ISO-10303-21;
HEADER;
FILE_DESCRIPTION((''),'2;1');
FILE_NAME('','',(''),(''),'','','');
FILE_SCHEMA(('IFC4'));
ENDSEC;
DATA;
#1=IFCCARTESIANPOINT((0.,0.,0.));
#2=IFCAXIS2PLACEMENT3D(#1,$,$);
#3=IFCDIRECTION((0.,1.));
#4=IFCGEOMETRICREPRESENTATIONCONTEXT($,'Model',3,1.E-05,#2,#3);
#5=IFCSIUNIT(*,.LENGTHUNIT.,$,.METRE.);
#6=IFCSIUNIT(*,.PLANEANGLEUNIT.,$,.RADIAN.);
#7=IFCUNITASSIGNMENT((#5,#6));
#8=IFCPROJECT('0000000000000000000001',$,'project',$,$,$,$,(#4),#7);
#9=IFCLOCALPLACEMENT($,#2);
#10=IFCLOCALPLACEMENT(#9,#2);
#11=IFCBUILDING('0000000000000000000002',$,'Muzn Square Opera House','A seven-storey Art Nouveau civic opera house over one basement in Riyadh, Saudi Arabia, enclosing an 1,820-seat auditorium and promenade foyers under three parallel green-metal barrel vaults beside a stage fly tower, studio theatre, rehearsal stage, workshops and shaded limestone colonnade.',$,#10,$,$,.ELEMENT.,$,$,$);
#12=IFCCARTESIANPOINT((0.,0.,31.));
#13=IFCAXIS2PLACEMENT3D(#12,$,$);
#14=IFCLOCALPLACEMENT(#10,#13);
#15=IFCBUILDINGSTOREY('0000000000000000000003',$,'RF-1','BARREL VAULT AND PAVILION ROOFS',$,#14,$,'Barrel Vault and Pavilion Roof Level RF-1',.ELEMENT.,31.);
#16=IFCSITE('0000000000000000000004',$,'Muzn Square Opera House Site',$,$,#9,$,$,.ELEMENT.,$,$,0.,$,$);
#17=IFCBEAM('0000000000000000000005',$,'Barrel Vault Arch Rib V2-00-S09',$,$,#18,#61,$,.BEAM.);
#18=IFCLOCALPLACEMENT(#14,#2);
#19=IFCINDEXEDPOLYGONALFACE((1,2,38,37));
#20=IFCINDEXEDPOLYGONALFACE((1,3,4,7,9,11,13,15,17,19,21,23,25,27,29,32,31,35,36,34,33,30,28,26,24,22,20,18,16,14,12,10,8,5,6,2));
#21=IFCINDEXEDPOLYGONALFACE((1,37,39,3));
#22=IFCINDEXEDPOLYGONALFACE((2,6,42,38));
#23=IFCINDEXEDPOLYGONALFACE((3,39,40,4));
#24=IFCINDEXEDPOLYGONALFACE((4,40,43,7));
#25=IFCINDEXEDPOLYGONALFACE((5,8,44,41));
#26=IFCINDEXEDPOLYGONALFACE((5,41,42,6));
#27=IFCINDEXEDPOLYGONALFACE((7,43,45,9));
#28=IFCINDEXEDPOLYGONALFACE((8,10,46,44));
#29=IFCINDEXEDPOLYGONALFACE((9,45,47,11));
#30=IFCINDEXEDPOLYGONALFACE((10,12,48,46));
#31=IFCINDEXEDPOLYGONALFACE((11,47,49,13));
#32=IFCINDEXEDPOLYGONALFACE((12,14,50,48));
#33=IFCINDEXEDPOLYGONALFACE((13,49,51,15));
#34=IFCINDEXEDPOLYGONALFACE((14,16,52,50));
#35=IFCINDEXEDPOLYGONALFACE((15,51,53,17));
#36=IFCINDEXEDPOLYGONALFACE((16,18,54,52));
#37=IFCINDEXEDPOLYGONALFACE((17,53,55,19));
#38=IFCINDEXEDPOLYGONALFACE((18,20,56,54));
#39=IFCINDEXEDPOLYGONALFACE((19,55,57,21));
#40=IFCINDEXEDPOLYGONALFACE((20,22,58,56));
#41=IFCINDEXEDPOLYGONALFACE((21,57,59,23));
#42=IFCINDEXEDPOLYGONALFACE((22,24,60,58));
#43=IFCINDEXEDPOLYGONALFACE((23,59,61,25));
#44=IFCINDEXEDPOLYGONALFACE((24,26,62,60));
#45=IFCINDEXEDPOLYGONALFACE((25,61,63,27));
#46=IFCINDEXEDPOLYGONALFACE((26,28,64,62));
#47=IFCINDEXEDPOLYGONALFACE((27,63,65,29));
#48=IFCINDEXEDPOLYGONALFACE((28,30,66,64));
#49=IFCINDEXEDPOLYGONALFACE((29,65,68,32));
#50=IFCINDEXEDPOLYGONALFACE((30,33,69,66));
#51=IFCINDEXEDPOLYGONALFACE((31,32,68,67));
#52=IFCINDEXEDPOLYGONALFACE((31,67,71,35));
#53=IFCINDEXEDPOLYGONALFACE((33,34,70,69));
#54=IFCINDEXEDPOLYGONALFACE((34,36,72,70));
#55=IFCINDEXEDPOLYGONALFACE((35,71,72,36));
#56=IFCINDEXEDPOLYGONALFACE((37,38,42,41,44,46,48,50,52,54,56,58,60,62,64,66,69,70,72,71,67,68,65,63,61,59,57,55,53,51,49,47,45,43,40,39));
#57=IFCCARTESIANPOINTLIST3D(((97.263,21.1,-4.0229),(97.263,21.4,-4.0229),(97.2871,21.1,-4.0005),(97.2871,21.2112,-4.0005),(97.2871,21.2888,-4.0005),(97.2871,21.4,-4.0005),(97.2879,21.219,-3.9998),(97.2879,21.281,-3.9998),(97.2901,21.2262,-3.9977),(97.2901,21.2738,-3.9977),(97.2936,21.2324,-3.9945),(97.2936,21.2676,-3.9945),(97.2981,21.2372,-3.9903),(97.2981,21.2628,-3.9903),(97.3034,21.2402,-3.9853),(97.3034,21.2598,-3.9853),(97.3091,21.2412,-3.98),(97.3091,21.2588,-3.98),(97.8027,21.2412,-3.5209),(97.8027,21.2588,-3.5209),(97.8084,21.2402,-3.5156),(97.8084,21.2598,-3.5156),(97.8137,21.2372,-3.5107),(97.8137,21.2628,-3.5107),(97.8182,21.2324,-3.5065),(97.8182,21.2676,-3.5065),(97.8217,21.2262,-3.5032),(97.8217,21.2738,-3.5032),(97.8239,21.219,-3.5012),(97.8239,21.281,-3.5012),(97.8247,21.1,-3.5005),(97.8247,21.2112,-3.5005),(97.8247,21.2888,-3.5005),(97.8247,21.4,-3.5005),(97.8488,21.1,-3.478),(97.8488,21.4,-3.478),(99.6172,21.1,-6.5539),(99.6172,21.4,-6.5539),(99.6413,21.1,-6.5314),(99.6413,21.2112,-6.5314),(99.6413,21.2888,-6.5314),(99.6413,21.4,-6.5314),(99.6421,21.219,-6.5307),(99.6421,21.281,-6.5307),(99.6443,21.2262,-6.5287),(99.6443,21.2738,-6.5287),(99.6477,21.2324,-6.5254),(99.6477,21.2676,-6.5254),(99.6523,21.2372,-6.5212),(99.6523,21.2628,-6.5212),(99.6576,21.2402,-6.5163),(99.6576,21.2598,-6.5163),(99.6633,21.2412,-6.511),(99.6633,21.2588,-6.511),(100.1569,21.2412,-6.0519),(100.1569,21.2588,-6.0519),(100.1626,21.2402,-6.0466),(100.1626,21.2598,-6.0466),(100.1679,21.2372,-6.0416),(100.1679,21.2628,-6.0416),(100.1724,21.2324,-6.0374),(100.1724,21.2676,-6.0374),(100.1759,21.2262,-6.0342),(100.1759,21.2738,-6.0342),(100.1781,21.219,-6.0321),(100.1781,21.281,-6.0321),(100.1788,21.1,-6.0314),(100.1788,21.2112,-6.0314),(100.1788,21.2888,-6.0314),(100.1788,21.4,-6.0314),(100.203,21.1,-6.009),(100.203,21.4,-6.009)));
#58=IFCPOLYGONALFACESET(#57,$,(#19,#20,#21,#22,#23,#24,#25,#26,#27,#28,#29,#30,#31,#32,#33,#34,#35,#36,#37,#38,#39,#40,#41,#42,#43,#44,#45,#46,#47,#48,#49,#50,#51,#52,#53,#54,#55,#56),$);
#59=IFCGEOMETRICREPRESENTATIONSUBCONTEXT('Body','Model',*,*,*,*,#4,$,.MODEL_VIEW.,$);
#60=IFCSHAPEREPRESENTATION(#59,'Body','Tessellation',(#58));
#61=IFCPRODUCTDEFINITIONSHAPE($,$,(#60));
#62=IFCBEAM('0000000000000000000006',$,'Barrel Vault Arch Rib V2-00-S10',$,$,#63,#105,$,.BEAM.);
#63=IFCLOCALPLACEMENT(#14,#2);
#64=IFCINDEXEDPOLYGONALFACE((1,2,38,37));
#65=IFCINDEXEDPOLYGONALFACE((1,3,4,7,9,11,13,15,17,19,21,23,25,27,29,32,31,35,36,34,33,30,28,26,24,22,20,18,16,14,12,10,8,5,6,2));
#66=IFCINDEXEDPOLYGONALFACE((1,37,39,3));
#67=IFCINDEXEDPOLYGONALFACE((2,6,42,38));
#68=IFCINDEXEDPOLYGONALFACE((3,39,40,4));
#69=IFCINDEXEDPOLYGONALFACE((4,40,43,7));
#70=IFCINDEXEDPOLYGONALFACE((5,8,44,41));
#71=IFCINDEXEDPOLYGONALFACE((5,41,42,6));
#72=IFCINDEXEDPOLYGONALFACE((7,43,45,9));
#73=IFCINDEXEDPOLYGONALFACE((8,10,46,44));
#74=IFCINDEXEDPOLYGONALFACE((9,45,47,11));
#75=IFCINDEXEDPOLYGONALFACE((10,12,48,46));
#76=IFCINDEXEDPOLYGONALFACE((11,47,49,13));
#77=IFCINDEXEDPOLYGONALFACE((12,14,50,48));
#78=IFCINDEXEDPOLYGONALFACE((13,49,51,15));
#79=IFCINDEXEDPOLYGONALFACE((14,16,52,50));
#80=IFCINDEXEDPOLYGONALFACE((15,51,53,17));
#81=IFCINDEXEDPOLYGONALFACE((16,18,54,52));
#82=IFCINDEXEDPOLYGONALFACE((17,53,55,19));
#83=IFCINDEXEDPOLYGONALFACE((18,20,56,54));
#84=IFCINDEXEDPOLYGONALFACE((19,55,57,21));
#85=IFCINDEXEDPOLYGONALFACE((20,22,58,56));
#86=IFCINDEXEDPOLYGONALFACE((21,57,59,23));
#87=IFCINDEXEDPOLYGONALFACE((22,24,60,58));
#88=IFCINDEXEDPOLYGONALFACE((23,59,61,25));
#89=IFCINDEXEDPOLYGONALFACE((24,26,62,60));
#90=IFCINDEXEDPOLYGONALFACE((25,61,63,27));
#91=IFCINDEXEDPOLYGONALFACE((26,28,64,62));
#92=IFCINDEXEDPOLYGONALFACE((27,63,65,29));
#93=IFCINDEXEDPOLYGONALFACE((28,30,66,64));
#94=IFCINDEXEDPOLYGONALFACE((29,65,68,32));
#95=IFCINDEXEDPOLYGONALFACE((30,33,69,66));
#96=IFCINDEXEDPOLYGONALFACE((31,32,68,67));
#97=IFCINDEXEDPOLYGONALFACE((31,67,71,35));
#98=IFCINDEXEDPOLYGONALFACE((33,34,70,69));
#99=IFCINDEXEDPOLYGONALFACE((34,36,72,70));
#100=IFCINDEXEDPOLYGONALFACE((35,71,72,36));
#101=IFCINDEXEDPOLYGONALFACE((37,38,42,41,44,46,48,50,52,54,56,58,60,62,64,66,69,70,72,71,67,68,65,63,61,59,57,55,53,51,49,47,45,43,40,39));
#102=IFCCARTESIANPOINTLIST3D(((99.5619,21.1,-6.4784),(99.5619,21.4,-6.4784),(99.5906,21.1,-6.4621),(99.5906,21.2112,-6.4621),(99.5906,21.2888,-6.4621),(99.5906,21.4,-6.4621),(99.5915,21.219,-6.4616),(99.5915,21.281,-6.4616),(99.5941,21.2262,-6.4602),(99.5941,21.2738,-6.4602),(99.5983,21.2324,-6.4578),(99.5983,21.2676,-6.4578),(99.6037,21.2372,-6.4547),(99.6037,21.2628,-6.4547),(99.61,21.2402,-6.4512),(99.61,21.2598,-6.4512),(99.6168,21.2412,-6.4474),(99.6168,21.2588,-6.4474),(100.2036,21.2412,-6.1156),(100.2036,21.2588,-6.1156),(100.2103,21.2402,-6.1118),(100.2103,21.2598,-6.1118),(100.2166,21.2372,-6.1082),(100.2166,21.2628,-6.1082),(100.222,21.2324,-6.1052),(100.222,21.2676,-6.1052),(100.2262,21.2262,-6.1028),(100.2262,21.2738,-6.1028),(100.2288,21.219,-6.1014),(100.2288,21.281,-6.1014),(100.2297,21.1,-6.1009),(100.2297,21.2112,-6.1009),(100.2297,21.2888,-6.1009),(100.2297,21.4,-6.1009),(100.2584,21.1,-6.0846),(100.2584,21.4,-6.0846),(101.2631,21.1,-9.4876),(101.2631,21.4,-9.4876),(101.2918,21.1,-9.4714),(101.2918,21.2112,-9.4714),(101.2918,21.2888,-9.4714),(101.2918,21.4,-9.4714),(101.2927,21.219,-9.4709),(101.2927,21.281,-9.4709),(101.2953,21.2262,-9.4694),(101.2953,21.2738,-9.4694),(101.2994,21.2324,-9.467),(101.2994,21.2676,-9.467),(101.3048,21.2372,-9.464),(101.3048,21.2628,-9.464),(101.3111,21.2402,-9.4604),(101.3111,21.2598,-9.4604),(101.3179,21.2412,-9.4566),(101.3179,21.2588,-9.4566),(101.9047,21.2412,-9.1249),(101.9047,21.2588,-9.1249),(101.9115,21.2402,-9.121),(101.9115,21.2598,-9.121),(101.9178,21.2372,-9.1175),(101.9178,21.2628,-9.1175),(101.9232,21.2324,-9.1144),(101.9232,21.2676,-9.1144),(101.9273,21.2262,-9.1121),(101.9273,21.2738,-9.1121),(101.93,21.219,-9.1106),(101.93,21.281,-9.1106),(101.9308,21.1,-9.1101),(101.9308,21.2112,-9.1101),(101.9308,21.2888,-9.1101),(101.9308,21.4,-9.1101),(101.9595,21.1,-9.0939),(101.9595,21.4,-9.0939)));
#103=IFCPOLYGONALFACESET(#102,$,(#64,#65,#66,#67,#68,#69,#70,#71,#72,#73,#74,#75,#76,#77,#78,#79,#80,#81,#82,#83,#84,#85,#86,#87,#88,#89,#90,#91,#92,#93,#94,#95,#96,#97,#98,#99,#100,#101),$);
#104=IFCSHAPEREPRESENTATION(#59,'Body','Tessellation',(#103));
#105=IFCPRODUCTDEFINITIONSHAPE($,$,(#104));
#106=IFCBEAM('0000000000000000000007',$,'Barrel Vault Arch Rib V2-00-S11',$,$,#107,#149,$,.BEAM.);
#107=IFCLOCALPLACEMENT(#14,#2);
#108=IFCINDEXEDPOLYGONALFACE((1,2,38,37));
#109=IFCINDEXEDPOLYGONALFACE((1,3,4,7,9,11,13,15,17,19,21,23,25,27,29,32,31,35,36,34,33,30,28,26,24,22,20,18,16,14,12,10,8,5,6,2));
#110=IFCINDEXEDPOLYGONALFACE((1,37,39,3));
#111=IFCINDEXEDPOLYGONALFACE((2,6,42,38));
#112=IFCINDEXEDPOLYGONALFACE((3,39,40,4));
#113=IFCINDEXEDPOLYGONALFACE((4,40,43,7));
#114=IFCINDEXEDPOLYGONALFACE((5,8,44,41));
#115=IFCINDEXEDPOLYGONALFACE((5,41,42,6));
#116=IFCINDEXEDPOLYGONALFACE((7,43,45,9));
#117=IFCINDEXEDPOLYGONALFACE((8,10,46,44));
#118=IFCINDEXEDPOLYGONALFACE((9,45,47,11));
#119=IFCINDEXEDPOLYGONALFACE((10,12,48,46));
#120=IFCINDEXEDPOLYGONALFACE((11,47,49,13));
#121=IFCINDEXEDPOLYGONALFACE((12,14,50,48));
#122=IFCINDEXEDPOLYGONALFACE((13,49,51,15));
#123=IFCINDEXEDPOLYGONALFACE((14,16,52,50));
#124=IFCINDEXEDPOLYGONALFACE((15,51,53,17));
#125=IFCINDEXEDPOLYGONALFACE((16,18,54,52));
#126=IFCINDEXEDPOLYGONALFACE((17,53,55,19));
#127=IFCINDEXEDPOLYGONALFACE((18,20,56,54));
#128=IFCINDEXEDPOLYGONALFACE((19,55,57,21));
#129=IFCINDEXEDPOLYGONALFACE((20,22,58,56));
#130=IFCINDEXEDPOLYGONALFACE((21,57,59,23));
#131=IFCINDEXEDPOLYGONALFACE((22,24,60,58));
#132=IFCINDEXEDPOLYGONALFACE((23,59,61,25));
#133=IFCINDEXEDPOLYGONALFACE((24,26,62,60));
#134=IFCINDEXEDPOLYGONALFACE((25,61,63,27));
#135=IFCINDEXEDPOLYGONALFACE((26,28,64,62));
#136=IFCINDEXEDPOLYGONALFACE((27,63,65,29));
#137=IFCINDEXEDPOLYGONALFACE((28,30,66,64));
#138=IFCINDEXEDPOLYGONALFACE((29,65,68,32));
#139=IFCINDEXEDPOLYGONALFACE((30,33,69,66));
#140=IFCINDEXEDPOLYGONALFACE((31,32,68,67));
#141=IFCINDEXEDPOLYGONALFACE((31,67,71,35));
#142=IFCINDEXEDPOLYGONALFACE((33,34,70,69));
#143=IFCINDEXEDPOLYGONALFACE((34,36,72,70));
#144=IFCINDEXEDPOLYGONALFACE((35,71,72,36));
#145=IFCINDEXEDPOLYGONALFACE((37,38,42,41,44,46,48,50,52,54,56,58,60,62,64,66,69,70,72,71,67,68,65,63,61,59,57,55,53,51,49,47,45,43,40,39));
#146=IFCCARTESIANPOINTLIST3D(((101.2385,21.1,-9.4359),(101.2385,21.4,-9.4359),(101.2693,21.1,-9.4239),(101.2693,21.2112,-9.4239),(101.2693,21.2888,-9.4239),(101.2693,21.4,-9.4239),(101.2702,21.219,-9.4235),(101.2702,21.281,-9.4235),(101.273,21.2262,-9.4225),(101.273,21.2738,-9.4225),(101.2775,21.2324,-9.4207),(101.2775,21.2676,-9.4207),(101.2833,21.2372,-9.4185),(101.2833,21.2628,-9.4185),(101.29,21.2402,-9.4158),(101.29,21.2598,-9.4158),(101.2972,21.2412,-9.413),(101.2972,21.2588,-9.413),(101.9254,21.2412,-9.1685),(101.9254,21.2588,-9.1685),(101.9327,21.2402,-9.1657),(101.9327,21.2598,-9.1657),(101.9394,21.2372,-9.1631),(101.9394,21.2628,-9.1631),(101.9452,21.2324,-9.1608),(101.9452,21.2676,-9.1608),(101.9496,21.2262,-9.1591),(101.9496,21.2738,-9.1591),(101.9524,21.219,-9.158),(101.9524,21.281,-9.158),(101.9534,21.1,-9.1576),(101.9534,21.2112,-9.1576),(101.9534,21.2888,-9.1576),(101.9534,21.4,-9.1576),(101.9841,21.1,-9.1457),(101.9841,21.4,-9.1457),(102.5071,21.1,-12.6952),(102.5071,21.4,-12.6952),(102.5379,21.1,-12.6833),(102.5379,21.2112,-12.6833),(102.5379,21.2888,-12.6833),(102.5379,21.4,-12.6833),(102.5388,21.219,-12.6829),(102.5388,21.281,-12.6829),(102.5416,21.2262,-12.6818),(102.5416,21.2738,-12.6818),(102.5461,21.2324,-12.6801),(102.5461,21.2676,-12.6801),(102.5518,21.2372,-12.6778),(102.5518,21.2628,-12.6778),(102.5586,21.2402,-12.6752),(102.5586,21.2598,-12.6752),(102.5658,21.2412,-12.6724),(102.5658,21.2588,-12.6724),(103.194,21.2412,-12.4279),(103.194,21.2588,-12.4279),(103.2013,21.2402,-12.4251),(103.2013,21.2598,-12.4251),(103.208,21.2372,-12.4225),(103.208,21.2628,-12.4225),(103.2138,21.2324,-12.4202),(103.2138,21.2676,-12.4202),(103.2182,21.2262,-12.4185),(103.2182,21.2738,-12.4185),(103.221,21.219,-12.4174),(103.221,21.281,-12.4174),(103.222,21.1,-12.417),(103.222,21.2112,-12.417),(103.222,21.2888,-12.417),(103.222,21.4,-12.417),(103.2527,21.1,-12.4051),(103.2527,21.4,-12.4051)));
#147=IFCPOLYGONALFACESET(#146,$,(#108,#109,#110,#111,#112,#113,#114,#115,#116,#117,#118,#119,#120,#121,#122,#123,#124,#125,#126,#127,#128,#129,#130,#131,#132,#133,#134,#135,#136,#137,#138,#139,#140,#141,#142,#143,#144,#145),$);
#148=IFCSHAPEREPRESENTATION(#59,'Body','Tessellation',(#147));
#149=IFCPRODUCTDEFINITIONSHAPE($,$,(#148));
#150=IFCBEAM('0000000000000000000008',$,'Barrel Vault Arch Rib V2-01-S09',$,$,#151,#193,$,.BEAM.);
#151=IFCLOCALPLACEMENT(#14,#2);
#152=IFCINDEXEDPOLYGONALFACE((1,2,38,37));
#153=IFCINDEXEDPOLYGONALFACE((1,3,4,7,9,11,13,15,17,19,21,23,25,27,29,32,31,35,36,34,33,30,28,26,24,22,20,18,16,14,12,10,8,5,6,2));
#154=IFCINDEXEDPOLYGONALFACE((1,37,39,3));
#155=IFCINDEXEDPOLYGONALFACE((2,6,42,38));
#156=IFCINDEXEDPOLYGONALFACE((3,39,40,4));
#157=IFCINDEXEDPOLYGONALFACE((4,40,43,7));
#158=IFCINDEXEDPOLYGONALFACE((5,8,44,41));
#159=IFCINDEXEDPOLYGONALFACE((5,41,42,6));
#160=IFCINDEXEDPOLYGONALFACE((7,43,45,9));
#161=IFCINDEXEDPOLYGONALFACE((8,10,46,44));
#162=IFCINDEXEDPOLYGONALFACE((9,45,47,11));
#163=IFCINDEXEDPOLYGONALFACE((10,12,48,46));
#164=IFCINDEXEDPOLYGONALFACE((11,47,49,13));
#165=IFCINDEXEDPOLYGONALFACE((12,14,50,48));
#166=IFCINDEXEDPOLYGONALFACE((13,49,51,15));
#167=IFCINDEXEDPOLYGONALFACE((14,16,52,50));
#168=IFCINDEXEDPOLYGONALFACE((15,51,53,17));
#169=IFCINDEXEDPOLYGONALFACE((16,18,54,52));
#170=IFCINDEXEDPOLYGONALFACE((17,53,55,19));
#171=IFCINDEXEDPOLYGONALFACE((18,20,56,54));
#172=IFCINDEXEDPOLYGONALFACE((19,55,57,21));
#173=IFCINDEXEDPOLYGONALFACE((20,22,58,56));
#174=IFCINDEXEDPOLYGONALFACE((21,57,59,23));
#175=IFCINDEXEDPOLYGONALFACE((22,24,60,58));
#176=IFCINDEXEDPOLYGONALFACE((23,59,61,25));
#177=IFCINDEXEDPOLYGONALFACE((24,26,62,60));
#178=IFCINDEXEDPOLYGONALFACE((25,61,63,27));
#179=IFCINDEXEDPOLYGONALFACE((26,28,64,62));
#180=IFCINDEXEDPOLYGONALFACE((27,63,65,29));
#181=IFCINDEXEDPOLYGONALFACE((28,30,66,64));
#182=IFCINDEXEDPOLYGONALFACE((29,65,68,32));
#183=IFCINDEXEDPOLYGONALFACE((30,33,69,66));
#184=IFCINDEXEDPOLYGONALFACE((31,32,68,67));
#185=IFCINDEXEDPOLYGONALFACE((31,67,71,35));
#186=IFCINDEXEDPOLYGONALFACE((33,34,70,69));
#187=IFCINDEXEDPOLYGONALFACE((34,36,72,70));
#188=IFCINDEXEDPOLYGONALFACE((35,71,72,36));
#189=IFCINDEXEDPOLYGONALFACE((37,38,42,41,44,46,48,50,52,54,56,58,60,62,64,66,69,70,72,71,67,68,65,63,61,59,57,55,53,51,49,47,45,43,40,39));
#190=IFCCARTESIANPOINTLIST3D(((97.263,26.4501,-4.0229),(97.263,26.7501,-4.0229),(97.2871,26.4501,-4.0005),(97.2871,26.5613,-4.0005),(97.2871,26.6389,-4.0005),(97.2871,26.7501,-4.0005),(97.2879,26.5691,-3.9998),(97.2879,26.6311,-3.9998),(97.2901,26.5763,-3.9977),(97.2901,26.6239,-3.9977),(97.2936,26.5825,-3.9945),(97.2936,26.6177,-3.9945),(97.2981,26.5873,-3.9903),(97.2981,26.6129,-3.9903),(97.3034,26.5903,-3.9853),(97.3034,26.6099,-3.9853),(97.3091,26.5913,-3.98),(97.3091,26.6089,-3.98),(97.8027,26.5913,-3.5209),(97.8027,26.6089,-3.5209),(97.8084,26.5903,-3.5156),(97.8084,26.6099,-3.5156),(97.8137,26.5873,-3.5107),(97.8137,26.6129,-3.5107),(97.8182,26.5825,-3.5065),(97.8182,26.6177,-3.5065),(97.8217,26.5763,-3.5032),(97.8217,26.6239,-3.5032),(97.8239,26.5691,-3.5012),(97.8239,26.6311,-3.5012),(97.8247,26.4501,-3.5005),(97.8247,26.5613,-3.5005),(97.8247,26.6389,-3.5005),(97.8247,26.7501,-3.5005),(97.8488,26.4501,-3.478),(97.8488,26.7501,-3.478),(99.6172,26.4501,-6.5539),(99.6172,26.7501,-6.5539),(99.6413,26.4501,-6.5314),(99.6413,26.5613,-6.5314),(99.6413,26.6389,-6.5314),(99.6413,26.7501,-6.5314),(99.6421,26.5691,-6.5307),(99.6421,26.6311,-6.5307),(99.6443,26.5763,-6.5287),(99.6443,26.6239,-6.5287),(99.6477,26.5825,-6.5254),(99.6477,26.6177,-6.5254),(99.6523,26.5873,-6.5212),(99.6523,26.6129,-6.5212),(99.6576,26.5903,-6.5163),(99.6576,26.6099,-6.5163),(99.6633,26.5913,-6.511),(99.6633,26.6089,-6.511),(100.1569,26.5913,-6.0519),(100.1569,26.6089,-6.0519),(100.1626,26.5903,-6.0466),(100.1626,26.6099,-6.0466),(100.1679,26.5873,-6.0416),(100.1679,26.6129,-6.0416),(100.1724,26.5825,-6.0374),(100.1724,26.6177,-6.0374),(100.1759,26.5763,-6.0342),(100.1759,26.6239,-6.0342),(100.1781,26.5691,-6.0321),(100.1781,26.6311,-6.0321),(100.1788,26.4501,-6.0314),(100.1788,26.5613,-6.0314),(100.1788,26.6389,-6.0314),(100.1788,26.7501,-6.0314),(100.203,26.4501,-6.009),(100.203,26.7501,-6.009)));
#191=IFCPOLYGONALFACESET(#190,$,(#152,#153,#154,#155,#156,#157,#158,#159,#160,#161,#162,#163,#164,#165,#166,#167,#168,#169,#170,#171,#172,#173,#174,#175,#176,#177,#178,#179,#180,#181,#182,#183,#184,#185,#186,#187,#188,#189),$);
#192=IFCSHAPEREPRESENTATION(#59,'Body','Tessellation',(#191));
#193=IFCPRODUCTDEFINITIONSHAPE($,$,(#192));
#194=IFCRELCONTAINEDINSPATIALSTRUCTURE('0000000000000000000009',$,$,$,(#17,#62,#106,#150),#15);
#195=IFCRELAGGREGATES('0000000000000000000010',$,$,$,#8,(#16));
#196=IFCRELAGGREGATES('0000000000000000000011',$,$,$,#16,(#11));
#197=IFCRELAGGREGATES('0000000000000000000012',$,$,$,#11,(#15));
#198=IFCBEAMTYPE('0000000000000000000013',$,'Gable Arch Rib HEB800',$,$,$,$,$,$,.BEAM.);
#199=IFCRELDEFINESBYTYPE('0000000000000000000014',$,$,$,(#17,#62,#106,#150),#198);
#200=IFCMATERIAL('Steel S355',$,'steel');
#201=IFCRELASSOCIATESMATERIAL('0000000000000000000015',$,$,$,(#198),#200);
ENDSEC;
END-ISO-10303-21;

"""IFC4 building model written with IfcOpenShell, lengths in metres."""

from ifc_helpers import new_model, si_unit, direction, frame, origin, origin_2d, place, context, subcontext, project, spatial, i_section, extrude, material, material_profile, profile_set, type_object, element, save


model = new_model("IFC4")

# Units and contexts
model_context = context("Model", 3, precision=1e-05, world=origin(), true_north=direction((0.0, 1.0)))
body_context = subcontext(model_context, "Body", "Model", "MODEL_VIEW")
ifc_project = project(units=[si_unit("LENGTHUNIT", "METRE"), si_unit("PLANEANGLEUNIT", "RADIAN")], contexts=[model_context])

# Site, building, storey
site_placement = place(None, origin())
site = spatial("IfcSite", under=ifc_project, at=site_placement, Name="Muzn Square Opera House Site", CompositionType="ELEMENT", RefElevation=0.0)
building_placement = place(site_placement, origin())
building = spatial("IfcBuilding", under=site, at=building_placement, Name="Muzn Square Opera House", Description="A seven-storey Art Nouveau civic opera house over one basement in Riyadh, Saudi Arabia, enclosing an 1,820-seat auditorium and promenade foyers under three parallel green-metal barrel vaults beside a stage fly tower, studio theatre, rehearsal stage, workshops and shaded limestone colonnade.", CompositionType="ELEMENT")
storey_placement = place(building_placement, frame((0.0, 0.0, 31.0)))
storey = spatial("IfcBuildingStorey", under=building, at=storey_placement, Name="RF-1", Description="BARREL VAULT AND PAVILION ROOFS", LongName="Barrel Vault and Pavilion Roof Level RF-1", CompositionType="ELEMENT", Elevation=31.0)

# Beams
ifc_material_1 = material(Name="Steel S355", Category="steel")
ifc_material_profile_1 = material_profile(ifc_material_1, i_section(OverallWidth=0.3, OverallDepth=0.8, WebThickness=0.0176, FlangeThickness=0.033, FilletRadius=0.03, at=origin_2d()), Name="HEB 800", Category="steel")
ifc_profile_set_1 = profile_set([ifc_material_profile_1], Name="Steel S355")
beam_type_1 = type_object("IfcBeamType", Name="Gable Arch Rib HEB800", PredefinedType="BEAM", material=ifc_profile_set_1)
beam_1_placement = place(storey_placement, frame((97.5559, 21.25, -3.7505), z_axis=(0.681077, 0.0, -0.732212), x_axis=(0.0, 1.0, 0.0)))
element("IfcBeam", 1, at=beam_1_placement, inside=storey, type_object=beam_type_1, Name="Barrel Vault Arch Rib V2-00-S09", PredefinedType="BEAM", context=body_context, shape_type="SweptSolid", body=[
    extrude(i_section(OverallWidth=0.3, OverallDepth=0.8, WebThickness=0.0176, FlangeThickness=0.033, FilletRadius=0.03, at=origin_2d()), origin(), (0.0, 0.0, 1.0), 3.4565),
])
beam_2_placement = place(storey_placement, frame((99.9102, 21.25, -6.2815), z_axis=(0.492118, 0.0, -0.870529), x_axis=(0.0, 1.0, 0.0)))
element("IfcBeam", 2, at=beam_2_placement, inside=storey, type_object=beam_type_1, Name="Barrel Vault Arch Rib V2-00-S10", PredefinedType="BEAM", context=body_context, shape_type="SweptSolid", body=[
    extrude(i_section(OverallWidth=0.3, OverallDepth=0.8, WebThickness=0.0176, FlangeThickness=0.033, FilletRadius=0.03, at=origin_2d()), origin(), (0.0, 0.0, 1.0), 3.4568),
])
beam_3_placement = place(storey_placement, frame((101.6113, 21.25, -9.2908), z_axis=(0.362709, 0.0, -0.931902), x_axis=(0.0, 1.0, 0.0)))
element("IfcBeam", 3, at=beam_3_placement, inside=storey, type_object=beam_type_1, Name="Barrel Vault Arch Rib V2-00-S11", PredefinedType="BEAM", context=body_context, shape_type="SweptSolid", body=[
    extrude(i_section(OverallWidth=0.3, OverallDepth=0.8, WebThickness=0.0176, FlangeThickness=0.033, FilletRadius=0.03, at=origin_2d()), origin(), (0.0, 0.0, 1.0), 3.4976),
])
beam_4_placement = place(storey_placement, frame((97.5559, 26.6001, -3.7505), z_axis=(0.681077, 0.0, -0.732212), x_axis=(0.0, 1.0, 0.0)))
element("IfcBeam", 4, at=beam_4_placement, inside=storey, type_object=beam_type_1, Name="Barrel Vault Arch Rib V2-01-S09", PredefinedType="BEAM", context=body_context, shape_type="SweptSolid", body=[
    extrude(i_section(OverallWidth=0.3, OverallDepth=0.8, WebThickness=0.0176, FlangeThickness=0.033, FilletRadius=0.03, at=origin_2d()), origin(), (0.0, 0.0, 1.0), 3.4565),
])

save(model, "model.ifc")
